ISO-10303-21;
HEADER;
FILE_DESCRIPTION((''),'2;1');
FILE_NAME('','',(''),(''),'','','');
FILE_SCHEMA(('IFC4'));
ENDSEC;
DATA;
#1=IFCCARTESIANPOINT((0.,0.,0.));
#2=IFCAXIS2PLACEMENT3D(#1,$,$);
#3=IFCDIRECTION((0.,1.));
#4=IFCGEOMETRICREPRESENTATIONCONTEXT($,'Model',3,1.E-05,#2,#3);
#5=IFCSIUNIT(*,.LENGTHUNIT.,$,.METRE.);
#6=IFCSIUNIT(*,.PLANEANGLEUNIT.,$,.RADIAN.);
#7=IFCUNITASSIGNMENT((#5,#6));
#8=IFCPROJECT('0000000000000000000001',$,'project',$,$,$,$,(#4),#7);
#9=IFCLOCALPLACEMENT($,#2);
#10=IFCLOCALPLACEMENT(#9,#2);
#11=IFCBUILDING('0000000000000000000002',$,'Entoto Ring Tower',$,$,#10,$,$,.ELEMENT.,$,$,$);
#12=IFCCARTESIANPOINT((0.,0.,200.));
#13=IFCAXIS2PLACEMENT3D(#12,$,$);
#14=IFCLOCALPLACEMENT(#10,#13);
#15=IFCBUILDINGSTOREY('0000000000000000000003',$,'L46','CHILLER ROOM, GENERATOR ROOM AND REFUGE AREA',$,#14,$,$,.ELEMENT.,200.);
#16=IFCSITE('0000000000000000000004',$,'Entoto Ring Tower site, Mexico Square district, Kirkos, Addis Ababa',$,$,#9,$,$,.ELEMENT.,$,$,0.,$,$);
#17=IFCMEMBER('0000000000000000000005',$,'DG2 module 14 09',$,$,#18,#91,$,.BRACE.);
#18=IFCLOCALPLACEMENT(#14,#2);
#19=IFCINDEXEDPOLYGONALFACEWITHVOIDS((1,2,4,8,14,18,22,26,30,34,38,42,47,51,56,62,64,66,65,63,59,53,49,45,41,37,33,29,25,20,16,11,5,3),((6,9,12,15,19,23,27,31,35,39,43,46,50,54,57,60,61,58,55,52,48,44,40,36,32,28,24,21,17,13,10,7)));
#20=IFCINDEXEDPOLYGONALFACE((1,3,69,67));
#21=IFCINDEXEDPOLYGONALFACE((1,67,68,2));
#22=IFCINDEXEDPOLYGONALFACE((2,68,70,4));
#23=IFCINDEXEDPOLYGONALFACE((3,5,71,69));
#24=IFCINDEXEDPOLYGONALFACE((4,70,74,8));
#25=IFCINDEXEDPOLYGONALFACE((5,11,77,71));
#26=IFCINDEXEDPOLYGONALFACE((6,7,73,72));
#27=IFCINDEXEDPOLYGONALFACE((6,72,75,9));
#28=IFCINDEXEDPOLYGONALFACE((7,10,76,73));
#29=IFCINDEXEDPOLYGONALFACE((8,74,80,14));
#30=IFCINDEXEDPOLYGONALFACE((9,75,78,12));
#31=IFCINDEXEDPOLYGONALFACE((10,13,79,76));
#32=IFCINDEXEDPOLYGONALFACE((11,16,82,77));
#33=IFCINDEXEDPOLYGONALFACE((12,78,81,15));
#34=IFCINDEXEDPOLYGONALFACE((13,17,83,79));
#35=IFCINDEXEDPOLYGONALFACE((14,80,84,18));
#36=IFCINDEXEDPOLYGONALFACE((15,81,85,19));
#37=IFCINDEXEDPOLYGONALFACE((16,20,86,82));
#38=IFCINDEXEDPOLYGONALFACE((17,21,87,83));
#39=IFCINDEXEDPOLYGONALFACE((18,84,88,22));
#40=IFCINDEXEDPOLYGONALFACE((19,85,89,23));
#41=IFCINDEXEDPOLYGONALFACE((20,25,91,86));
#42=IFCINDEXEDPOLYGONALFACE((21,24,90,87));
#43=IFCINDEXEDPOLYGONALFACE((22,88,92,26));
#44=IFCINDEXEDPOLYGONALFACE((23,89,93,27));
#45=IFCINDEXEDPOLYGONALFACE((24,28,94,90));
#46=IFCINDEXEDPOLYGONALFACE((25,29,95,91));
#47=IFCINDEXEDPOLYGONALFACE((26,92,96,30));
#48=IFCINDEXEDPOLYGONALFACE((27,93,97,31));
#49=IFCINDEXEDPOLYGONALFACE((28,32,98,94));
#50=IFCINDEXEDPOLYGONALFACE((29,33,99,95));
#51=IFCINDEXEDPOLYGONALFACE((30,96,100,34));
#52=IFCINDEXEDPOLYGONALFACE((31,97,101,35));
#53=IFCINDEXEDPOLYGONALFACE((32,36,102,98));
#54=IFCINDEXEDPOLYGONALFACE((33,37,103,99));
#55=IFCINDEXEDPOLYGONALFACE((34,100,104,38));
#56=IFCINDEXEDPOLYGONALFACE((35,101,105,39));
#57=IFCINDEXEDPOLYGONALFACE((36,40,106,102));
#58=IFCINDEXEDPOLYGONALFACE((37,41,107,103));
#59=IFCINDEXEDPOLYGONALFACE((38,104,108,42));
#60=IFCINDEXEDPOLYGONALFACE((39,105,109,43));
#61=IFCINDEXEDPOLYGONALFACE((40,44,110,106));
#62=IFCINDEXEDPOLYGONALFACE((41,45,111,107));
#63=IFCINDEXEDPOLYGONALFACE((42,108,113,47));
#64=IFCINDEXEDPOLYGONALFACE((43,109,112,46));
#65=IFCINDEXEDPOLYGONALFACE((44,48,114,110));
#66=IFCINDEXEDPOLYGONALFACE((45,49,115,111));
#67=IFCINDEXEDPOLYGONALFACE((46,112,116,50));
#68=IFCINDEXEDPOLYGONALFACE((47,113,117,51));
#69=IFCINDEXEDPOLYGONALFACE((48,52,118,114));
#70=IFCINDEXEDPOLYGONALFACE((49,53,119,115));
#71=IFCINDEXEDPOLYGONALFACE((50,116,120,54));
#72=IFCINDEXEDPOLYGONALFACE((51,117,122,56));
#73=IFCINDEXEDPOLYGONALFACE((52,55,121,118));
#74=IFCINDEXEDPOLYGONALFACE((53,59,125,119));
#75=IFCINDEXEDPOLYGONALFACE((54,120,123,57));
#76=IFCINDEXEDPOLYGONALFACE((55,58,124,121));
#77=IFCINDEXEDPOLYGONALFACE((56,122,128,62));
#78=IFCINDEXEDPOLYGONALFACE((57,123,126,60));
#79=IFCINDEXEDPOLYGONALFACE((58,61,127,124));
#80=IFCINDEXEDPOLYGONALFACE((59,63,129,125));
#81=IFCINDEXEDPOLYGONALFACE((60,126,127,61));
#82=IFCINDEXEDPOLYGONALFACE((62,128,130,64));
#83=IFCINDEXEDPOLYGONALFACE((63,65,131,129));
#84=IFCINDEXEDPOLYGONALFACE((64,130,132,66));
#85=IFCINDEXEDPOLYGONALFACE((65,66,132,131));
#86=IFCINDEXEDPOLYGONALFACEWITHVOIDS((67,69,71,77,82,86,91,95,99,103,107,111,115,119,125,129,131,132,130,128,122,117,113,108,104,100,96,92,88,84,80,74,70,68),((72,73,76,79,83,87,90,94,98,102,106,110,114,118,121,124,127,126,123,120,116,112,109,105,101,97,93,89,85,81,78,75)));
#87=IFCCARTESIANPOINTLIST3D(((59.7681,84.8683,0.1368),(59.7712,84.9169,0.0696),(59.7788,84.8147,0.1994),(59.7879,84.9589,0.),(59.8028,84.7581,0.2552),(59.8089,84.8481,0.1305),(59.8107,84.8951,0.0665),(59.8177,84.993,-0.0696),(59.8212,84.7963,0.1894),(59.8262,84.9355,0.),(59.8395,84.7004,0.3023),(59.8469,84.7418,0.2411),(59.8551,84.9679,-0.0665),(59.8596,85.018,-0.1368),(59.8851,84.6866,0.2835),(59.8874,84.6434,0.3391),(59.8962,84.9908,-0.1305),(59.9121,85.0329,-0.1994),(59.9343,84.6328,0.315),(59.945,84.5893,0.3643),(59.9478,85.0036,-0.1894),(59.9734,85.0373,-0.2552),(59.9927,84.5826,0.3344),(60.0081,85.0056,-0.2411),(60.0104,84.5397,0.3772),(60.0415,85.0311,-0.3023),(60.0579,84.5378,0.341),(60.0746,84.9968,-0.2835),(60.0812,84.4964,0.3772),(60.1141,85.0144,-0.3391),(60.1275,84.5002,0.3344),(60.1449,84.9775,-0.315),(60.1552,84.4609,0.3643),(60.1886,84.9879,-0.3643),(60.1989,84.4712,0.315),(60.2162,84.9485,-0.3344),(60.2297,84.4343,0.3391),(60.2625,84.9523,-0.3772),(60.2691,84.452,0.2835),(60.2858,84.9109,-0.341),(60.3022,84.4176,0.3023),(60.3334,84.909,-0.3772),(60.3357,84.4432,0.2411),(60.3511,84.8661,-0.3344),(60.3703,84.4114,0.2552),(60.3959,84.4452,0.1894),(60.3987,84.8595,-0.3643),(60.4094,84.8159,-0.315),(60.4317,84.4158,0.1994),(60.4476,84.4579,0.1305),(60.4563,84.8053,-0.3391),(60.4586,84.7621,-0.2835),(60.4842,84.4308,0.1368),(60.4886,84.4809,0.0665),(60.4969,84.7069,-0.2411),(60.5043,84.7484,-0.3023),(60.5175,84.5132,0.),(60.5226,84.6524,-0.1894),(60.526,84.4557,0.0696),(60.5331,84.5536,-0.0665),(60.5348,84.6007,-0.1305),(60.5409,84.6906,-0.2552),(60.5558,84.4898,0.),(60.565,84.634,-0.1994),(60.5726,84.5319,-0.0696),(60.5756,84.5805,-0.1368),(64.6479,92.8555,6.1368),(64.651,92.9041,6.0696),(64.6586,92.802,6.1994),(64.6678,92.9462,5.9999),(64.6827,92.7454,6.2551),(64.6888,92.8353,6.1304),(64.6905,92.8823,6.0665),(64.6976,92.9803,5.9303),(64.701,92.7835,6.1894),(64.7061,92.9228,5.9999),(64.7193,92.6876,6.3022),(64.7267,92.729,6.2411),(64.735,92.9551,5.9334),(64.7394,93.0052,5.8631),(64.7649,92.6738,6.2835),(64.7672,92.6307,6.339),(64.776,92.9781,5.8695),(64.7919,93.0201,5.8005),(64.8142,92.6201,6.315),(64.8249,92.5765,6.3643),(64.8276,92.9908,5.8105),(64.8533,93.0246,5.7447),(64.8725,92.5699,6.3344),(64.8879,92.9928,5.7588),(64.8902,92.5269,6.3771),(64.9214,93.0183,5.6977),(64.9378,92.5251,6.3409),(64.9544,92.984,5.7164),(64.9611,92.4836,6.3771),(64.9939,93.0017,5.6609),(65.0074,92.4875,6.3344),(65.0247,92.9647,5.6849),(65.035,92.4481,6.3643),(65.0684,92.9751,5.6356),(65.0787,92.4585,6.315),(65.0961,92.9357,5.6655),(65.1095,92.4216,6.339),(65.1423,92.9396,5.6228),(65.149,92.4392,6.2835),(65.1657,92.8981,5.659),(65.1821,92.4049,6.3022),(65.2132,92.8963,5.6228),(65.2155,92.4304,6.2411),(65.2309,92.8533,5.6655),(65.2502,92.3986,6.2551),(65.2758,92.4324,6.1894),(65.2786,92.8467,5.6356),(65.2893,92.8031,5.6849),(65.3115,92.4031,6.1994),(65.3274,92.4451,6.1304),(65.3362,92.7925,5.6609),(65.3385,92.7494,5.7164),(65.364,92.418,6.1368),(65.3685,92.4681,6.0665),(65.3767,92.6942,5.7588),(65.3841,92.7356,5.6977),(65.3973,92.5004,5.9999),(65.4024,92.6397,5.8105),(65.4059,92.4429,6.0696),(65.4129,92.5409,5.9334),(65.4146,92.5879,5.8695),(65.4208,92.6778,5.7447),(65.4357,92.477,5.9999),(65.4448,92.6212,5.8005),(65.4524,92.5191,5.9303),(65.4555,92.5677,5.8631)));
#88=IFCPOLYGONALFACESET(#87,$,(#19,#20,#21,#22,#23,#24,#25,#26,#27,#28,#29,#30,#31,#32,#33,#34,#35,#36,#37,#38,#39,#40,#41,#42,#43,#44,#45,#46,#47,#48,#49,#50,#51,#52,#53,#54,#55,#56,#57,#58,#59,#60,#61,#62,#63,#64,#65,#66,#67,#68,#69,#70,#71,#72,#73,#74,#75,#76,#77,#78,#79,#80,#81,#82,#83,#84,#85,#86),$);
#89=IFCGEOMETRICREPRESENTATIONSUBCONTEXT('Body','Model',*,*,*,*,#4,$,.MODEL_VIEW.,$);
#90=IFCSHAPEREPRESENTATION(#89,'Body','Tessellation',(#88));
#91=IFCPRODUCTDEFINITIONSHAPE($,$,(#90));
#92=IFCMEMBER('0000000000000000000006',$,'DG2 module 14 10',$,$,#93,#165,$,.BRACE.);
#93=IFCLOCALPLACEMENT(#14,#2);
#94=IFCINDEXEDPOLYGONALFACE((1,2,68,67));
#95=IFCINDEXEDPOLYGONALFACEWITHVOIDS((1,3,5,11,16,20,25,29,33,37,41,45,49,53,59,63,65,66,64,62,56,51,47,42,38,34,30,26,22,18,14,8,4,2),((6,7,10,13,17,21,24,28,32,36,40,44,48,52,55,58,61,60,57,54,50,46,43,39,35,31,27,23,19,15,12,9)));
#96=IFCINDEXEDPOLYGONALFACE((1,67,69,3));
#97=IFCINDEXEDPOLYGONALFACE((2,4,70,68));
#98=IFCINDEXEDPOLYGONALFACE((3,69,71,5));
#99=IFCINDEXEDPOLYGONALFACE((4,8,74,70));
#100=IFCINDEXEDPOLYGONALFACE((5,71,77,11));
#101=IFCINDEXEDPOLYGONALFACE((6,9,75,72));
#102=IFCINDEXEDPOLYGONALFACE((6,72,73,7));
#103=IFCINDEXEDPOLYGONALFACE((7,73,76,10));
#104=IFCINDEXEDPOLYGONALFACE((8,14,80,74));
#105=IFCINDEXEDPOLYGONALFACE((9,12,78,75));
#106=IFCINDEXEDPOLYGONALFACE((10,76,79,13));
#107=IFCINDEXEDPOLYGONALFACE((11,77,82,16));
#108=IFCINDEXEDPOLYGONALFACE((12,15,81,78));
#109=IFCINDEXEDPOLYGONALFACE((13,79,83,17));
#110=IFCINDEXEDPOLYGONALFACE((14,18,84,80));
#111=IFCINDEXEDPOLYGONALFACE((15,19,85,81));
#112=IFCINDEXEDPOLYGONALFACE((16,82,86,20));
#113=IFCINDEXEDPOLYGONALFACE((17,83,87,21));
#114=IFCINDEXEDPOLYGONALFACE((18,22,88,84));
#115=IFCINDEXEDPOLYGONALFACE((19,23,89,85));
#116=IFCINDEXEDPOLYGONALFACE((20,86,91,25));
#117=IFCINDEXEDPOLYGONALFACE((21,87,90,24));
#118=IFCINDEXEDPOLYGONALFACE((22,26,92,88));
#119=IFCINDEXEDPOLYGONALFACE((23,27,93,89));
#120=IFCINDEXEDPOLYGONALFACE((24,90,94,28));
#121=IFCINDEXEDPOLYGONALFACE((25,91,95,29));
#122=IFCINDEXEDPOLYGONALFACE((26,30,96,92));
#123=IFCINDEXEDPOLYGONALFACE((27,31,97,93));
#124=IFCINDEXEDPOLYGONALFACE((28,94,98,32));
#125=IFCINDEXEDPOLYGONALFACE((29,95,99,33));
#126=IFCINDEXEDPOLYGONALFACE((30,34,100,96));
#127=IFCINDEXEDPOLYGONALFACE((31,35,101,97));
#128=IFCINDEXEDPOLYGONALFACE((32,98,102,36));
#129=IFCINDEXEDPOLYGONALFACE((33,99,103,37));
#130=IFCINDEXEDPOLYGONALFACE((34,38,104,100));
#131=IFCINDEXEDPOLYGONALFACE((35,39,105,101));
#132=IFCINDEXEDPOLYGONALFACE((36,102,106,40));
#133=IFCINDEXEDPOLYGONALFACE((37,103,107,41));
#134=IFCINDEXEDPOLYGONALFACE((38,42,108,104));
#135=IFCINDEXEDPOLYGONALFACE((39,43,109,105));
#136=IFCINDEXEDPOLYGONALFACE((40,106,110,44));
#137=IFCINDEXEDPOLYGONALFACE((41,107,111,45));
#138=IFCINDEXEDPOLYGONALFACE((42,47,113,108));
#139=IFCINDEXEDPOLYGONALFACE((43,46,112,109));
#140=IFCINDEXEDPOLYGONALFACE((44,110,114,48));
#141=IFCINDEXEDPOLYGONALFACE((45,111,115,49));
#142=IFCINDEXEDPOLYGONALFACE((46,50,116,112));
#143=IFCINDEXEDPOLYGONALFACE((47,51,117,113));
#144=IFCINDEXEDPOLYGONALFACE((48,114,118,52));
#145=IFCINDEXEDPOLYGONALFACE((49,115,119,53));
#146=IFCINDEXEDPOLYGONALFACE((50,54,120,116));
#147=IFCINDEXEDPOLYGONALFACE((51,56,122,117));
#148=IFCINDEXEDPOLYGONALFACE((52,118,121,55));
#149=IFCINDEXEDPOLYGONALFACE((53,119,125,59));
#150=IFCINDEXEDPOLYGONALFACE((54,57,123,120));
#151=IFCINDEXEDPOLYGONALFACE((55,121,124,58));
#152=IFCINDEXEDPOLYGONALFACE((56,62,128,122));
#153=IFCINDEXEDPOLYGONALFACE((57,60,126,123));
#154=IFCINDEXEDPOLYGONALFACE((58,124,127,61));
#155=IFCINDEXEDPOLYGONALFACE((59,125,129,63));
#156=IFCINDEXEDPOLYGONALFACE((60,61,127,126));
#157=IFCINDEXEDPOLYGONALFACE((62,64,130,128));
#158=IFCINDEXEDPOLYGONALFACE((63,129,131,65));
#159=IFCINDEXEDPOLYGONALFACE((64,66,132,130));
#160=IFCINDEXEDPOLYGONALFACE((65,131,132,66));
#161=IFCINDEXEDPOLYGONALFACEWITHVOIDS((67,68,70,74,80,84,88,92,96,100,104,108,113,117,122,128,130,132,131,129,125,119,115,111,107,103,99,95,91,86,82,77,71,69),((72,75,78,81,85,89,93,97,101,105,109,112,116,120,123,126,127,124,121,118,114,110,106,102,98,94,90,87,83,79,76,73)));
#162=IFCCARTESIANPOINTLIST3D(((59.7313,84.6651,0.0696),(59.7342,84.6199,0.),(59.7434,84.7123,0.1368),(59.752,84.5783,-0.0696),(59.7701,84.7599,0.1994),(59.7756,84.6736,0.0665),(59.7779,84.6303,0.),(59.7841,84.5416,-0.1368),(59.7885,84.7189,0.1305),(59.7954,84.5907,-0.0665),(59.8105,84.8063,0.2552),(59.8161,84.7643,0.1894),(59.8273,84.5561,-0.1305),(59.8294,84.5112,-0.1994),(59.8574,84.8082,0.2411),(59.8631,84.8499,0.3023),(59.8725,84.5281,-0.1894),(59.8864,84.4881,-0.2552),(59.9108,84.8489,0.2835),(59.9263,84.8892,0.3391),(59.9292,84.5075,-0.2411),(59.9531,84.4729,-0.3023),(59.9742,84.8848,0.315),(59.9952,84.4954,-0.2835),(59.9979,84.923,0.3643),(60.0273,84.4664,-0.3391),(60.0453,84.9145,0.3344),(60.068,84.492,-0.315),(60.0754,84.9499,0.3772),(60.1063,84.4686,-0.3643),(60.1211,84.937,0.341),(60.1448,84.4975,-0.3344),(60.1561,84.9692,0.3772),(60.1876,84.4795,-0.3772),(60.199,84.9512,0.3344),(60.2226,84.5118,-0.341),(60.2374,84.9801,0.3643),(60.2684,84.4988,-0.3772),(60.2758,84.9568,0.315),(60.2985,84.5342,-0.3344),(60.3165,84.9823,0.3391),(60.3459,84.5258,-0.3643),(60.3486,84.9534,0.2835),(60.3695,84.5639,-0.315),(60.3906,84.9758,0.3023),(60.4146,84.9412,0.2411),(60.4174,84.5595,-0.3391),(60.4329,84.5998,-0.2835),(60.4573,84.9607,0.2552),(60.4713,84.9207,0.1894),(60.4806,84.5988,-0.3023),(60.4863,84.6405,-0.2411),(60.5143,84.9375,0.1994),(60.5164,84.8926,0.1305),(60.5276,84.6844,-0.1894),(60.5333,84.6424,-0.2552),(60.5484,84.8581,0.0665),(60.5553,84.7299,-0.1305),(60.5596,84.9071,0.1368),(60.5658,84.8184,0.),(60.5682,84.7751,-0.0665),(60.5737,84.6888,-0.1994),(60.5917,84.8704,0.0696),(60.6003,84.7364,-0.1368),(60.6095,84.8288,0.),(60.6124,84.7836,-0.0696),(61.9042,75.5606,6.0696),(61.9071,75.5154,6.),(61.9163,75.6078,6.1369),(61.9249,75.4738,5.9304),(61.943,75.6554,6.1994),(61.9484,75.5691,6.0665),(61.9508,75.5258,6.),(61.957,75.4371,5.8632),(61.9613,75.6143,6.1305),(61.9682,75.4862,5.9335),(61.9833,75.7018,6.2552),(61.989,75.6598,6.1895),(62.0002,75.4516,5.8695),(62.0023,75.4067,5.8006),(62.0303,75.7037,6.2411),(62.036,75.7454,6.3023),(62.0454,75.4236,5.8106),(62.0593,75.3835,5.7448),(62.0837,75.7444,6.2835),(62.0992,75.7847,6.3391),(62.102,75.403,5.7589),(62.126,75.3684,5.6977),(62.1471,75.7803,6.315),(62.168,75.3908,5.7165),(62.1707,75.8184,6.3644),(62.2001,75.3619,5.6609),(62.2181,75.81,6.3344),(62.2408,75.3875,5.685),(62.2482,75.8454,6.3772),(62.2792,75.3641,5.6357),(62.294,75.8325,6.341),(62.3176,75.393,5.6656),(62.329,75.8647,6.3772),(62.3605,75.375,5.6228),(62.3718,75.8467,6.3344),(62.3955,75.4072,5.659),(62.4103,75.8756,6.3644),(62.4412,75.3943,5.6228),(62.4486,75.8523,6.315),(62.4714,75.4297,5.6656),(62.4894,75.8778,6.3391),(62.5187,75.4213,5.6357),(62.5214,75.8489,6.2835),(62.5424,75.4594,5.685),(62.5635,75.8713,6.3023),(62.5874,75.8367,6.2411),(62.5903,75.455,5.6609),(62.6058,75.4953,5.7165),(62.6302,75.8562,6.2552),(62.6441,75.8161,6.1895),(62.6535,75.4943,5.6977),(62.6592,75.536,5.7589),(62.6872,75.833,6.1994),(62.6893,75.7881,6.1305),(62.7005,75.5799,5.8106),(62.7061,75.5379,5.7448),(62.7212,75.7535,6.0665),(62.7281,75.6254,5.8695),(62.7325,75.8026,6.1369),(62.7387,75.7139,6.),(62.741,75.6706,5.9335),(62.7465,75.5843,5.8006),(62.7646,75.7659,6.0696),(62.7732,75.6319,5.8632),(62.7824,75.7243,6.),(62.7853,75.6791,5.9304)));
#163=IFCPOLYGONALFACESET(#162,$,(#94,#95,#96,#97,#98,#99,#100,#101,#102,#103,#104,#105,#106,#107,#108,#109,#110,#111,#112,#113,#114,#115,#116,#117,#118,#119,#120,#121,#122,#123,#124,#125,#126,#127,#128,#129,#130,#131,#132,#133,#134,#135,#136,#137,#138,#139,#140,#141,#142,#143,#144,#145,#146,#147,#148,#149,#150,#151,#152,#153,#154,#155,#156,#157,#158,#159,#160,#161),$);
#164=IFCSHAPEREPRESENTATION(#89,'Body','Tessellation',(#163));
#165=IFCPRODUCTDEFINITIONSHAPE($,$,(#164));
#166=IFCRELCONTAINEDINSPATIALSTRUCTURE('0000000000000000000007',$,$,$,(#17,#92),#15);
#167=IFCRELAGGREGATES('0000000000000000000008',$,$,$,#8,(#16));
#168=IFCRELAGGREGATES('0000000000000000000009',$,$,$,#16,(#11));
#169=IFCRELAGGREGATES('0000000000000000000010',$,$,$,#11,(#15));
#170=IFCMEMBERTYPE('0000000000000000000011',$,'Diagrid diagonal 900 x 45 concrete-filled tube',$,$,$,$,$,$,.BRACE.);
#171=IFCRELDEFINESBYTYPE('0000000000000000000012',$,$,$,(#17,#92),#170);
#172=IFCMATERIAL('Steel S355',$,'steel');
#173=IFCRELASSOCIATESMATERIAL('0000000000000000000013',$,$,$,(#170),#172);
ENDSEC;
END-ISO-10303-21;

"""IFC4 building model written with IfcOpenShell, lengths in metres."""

from ifc_helpers import new_model, si_unit, direction, frame, origin, origin_2d, place, context, subcontext, project, spatial, circle, hollow_circle, extrude, material, material_profile, profile_set, type_object, element, save


model = new_model("IFC4")

# Units and contexts
model_context = context("Model", 3, precision=1e-05, world=origin(), true_north=direction((0.0, 1.0)))
body_context = subcontext(model_context, "Body", "Model", "MODEL_VIEW")
ifc_project = project(units=[si_unit("LENGTHUNIT", "METRE"), si_unit("PLANEANGLEUNIT", "RADIAN")], contexts=[model_context])

# Site, building, storey
site_placement = place(None, origin())
site = spatial("IfcSite", under=ifc_project, at=site_placement, Name="Entoto Ring Tower site, Mexico Square district, Kirkos, Addis Ababa", CompositionType="ELEMENT", RefElevation=0.0)
building_placement = place(site_placement, origin())
building = spatial("IfcBuilding", under=site, at=building_placement, Name="Entoto Ring Tower", CompositionType="ELEMENT")
storey_placement = place(building_placement, frame((0.0, 0.0, 200.0)))
storey = spatial("IfcBuildingStorey", under=building, at=storey_placement, Name="L46", Description="CHILLER ROOM, GENERATOR ROOM AND REFUGE AREA", CompositionType="ELEMENT", Elevation=200.0)

# Members
ifc_material_1 = material(Name="Steel S355", Category="steel")
ifc_material_profile_1 = material_profile(ifc_material_1, hollow_circle(Radius=0.45, WallThickness=0.0449, at=origin_2d()), Name="CHS 900 x 45")
ifc_material_2 = material(Name="Concrete C60/75", Category="concrete")
ifc_material_profile_2 = material_profile(ifc_material_2, circle(Radius=0.405, at=origin_2d()), Name="Concrete C60/75 infill")
ifc_profile_set_1 = profile_set([ifc_material_profile_1, ifc_material_profile_2], Name="Steel S355")
member_type_1 = type_object("IfcMemberType", Name="Diagrid diagonal 900 x 45 concrete-filled tube", PredefinedType="BRACE", material=ifc_profile_set_1)
member_1_placement = place(storey_placement, frame((60.1719, 84.7244, 0.0), z_axis=(0.438917, 0.718411, 0.539665), x_axis=(-0.853341, 0.521353, 0.0)))
element("IfcMember", 1, at=member_1_placement, inside=storey, type_object=member_type_1, Name="DG2 module 14 09", PredefinedType="BRACE", context=body_context, shape_type="SweptSolid", body=[
    extrude(hollow_circle(Radius=0.45, WallThickness=0.0449, at=origin_2d()), origin(), (0.0, 0.0, 1.0), 11.1179),
])
member_2_placement = place(storey_placement, frame((60.1719, 84.7244, 0.0), z_axis=(0.195433, -0.818886, 0.539659), x_axis=(0.972683, 0.232138, 0.0)))
element("IfcMember", 2, at=member_2_placement, inside=storey, type_object=member_type_1, Name="DG2 module 14 10", PredefinedType="BRACE", context=body_context, shape_type="SweptSolid", body=[
    extrude(hollow_circle(Radius=0.45, WallThickness=0.0449, at=origin_2d()), origin(), (0.0, 0.0, 1.0), 11.1182),
])

save(model, "model.ifc")
